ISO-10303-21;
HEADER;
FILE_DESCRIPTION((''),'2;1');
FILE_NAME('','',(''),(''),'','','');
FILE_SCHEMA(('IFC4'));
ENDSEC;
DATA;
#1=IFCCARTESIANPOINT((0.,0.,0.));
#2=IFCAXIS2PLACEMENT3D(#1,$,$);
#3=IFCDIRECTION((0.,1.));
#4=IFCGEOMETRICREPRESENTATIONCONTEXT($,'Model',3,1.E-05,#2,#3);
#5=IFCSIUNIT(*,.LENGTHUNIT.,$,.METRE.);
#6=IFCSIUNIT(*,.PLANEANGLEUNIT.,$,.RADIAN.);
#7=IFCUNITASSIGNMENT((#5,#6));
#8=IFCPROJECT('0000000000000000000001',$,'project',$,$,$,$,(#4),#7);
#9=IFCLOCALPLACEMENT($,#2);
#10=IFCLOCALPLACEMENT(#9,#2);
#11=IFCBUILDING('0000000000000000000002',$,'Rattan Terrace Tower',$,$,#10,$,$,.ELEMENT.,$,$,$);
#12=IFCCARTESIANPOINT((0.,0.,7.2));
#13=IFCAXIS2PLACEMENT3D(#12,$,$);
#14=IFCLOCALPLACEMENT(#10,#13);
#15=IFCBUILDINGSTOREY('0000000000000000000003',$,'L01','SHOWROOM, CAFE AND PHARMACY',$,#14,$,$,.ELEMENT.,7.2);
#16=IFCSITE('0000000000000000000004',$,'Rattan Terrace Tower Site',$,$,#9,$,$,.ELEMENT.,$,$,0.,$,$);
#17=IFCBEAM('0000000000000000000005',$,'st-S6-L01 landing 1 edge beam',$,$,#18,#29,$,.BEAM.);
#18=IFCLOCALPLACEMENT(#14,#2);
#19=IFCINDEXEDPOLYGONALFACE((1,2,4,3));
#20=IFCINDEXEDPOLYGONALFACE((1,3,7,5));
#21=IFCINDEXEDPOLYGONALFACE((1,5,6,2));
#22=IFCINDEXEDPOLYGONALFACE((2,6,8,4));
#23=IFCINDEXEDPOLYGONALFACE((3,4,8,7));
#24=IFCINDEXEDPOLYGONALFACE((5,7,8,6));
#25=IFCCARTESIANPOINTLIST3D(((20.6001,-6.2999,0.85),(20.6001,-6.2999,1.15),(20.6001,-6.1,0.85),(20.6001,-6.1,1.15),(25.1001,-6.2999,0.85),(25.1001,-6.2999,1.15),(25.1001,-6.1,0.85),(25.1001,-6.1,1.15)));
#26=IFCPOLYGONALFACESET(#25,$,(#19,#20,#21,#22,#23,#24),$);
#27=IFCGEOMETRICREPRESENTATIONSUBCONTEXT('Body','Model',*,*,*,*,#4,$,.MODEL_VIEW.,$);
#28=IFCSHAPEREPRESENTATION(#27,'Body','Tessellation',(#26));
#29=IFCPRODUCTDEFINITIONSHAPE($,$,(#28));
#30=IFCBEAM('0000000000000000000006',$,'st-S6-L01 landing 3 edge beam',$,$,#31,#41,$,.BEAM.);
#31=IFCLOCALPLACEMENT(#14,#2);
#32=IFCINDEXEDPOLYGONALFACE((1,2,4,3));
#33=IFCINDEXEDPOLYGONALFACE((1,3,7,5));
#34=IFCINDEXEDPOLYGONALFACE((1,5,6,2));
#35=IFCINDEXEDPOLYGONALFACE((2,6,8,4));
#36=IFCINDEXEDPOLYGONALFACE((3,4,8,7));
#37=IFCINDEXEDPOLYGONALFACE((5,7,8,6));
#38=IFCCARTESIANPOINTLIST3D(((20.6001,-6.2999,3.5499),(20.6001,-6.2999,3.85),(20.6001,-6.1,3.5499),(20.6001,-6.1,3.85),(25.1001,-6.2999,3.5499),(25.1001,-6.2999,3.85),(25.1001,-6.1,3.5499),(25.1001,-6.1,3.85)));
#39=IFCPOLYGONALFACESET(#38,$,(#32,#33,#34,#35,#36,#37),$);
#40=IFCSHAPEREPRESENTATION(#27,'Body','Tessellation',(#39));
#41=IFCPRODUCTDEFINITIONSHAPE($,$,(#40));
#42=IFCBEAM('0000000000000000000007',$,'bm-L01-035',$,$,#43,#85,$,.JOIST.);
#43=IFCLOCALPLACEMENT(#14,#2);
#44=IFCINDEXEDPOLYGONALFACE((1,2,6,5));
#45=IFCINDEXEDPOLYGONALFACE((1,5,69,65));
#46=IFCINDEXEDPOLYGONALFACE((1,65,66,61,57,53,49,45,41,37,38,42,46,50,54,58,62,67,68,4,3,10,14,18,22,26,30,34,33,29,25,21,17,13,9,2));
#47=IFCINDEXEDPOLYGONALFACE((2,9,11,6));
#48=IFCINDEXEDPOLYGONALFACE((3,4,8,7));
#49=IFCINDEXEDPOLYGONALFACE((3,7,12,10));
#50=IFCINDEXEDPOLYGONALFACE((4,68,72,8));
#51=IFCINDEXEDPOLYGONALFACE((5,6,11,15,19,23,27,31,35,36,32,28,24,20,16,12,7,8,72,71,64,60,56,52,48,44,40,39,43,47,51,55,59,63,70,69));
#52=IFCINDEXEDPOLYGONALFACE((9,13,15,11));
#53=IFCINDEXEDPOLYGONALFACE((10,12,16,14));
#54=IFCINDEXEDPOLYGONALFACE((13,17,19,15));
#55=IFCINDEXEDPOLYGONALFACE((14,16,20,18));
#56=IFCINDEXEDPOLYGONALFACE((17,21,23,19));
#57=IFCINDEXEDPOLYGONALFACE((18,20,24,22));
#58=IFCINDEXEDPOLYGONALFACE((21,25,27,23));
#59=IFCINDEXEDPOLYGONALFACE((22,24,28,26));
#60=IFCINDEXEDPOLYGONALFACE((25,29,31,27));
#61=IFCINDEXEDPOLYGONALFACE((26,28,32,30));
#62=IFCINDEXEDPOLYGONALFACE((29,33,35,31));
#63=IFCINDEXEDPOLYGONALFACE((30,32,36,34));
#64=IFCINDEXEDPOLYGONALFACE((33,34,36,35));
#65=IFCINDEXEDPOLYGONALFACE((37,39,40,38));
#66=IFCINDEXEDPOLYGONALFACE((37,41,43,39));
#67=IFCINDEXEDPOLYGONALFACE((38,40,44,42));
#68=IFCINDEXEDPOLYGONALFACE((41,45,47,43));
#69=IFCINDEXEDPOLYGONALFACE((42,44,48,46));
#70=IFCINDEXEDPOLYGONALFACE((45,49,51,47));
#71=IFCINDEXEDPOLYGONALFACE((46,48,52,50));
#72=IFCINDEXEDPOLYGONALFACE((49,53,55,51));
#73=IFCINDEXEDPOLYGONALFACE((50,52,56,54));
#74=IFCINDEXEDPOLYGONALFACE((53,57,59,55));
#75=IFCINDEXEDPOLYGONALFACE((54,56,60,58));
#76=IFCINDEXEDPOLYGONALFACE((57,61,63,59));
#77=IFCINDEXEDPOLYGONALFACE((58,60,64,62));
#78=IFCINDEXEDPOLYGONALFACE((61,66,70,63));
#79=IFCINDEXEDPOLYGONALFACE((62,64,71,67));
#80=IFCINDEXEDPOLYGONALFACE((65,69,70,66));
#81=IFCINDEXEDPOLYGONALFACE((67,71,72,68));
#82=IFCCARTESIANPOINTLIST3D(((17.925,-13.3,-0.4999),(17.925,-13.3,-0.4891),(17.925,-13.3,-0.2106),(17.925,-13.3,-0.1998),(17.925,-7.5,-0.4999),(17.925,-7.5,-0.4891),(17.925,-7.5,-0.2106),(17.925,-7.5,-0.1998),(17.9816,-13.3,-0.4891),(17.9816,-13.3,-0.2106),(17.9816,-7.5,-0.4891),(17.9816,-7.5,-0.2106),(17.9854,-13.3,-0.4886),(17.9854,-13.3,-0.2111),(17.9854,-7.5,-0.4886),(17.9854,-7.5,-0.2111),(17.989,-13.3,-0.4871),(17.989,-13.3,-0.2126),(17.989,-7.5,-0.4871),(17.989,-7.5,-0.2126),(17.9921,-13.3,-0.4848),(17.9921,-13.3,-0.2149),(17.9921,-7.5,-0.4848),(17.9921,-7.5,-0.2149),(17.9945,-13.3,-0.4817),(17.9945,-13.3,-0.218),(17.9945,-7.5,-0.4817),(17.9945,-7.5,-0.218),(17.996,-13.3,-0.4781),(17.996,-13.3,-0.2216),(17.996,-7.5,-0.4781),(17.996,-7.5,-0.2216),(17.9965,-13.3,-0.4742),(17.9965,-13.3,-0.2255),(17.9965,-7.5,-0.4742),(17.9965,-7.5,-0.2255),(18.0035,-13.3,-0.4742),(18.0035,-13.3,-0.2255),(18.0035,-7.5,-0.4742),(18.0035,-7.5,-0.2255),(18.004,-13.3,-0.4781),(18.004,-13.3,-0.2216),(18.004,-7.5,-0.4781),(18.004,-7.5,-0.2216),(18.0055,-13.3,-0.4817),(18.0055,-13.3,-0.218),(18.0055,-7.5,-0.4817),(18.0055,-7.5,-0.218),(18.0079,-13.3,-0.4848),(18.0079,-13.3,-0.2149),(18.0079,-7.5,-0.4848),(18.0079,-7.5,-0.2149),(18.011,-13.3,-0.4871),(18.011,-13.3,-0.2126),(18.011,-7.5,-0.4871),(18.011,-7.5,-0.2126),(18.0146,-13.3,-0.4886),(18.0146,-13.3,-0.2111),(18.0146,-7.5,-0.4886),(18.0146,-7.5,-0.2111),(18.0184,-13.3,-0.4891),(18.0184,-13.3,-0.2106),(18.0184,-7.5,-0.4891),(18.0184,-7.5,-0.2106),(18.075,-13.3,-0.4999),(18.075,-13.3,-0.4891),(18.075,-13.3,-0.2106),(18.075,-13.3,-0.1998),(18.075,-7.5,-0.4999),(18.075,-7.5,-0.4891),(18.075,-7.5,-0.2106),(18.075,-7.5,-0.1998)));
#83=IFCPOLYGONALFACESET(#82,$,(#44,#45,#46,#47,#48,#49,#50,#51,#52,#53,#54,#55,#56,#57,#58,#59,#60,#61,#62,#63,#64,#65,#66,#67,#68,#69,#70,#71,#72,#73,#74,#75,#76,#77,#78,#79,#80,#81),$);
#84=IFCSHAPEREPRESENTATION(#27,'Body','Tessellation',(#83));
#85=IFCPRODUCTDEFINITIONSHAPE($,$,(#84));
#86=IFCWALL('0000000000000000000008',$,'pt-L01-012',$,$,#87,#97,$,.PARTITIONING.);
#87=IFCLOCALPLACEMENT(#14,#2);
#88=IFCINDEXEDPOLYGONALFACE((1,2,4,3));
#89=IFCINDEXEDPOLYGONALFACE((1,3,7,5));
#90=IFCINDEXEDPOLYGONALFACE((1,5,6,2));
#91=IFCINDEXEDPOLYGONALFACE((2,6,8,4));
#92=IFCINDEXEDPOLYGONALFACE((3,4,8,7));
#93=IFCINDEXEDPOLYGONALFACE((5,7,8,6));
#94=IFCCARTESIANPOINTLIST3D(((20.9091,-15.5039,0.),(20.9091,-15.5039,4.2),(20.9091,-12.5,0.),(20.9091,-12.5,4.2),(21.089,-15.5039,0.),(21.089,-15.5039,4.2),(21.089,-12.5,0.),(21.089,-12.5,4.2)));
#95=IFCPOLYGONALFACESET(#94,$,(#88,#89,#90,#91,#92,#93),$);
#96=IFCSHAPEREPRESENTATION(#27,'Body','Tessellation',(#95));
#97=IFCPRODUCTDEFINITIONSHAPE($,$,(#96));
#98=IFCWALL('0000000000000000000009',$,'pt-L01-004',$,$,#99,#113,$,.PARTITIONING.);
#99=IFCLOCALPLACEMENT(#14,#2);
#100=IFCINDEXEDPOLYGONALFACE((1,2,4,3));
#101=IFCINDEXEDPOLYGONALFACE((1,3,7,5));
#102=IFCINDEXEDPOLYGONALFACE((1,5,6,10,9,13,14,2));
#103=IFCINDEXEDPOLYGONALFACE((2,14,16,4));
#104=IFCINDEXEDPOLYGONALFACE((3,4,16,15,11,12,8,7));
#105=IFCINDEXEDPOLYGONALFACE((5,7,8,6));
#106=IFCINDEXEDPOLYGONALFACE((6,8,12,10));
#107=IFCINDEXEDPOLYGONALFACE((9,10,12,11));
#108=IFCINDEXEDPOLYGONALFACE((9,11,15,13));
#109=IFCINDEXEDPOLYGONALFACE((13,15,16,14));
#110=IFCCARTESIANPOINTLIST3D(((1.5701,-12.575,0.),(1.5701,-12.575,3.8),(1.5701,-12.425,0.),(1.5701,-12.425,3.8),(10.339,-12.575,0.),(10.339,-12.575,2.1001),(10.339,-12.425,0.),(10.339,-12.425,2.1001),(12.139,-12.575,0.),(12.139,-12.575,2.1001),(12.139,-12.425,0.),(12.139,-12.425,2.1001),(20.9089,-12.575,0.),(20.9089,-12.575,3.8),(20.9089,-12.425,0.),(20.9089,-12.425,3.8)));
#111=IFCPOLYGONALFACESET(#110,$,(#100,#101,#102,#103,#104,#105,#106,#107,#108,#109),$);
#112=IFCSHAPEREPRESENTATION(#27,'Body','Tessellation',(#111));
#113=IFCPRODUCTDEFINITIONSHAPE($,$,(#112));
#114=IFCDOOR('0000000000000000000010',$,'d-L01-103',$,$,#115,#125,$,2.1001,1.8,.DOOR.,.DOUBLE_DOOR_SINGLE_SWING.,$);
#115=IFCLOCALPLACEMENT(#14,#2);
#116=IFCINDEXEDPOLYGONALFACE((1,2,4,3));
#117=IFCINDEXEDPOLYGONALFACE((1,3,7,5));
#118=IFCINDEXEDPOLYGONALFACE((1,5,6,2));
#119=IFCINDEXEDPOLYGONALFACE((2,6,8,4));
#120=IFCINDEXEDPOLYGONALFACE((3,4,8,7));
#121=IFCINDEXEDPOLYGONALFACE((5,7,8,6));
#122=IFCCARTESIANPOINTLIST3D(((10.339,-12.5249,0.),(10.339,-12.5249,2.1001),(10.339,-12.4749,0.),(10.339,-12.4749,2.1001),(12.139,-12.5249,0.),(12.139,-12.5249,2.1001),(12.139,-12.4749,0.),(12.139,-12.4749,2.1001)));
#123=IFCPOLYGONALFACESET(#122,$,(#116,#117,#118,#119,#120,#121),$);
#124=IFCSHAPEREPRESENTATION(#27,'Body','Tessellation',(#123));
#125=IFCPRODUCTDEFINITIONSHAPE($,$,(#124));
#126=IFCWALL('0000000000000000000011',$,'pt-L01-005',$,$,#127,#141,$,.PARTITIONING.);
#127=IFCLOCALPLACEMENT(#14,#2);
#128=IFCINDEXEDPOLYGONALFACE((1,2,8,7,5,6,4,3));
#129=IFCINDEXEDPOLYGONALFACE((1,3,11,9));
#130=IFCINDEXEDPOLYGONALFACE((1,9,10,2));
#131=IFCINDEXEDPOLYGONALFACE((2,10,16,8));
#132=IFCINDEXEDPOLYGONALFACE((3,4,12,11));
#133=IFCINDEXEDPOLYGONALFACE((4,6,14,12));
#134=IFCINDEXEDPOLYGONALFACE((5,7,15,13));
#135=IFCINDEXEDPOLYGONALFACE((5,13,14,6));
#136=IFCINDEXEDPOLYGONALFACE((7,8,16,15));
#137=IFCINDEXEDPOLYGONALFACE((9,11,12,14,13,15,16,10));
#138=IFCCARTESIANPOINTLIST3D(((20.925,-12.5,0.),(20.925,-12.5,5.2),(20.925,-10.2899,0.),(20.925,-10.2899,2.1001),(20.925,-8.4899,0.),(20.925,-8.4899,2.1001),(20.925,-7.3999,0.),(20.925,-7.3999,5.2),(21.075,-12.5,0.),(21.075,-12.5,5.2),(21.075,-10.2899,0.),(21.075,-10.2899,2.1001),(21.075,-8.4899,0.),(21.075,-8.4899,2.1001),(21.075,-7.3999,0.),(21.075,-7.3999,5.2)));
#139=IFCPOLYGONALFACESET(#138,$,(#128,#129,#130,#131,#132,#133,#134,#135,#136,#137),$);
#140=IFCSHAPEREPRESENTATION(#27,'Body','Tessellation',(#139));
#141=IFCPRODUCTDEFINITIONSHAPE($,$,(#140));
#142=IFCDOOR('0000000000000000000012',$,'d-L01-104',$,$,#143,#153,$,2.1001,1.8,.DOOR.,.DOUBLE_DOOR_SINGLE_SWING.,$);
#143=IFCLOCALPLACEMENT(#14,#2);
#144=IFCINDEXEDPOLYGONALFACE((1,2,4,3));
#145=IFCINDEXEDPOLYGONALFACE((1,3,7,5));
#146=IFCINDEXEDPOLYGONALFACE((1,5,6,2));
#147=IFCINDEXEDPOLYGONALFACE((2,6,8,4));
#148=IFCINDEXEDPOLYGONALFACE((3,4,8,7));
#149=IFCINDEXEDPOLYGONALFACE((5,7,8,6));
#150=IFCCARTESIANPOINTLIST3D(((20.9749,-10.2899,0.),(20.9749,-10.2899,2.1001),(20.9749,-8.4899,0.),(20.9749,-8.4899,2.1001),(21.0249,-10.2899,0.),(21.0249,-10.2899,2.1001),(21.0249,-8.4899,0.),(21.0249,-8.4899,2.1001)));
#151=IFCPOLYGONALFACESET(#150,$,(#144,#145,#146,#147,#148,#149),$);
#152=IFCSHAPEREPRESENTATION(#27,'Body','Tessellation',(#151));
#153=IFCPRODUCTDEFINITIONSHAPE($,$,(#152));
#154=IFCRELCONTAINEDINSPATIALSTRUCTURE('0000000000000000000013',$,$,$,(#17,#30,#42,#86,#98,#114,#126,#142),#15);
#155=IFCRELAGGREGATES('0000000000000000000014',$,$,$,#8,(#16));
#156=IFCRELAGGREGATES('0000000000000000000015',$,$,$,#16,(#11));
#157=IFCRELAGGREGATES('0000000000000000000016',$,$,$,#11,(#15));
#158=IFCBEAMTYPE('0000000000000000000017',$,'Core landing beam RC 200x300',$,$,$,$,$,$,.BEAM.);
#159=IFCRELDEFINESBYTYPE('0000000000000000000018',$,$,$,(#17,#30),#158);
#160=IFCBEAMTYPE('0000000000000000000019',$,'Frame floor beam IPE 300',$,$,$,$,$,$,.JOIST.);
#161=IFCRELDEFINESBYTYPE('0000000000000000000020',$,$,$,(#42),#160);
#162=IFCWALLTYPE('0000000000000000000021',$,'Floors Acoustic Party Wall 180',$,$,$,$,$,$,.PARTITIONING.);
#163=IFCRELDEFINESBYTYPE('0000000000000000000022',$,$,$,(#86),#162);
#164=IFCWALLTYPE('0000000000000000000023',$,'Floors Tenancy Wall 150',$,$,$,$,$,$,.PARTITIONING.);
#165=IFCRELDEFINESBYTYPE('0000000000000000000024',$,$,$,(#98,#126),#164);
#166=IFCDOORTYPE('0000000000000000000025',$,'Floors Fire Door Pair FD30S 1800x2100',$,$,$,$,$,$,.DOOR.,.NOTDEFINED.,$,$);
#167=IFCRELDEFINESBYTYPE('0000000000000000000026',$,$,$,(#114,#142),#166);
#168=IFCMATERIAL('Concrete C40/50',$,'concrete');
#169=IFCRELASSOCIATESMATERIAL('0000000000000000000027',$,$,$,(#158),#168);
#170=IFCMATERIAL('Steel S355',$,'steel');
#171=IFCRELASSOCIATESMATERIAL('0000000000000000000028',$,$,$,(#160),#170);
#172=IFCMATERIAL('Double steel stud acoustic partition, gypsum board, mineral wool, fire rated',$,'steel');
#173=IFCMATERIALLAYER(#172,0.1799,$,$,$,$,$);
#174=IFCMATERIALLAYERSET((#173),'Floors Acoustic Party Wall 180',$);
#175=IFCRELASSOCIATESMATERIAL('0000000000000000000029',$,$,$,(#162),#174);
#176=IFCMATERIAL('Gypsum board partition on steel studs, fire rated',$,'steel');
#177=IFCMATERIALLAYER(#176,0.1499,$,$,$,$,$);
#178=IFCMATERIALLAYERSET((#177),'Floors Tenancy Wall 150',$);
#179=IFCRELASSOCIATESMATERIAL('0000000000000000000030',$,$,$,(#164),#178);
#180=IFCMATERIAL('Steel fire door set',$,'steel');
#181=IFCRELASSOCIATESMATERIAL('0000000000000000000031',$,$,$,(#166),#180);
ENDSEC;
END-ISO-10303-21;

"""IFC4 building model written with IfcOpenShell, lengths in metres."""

from ifc_helpers import new_model, si_unit, direction, frame, frame_2d, origin, origin_2d, place, context, subcontext, project, spatial, rectangle, i_section, extrude, material, layer, layer_set, material_profile, profile_set, type_object, element, fill, save


model = new_model("IFC4")

# Units and contexts
model_context = context("Model", 3, precision=1e-05, world=origin(), true_north=direction((0.0, 1.0)))
body_context = subcontext(model_context, "Body", "Model", "MODEL_VIEW")
ifc_project = project(units=[si_unit("LENGTHUNIT", "METRE"), si_unit("PLANEANGLEUNIT", "RADIAN")], contexts=[model_context])

# Site, building, storey
site_placement = place(None, origin())
site = spatial("IfcSite", under=ifc_project, at=site_placement, Name="Rattan Terrace Tower Site", CompositionType="ELEMENT", RefElevation=0.0)
building_placement = place(site_placement, origin())
building = spatial("IfcBuilding", under=site, at=building_placement, Name="Rattan Terrace Tower", CompositionType="ELEMENT")
storey_placement = place(building_placement, frame((0.0, 0.0, 7.2)))
storey = spatial("IfcBuildingStorey", under=building, at=storey_placement, Name="L01", Description="SHOWROOM, CAFE AND PHARMACY", CompositionType="ELEMENT", Elevation=7.2)

# Beams
ifc_material_1 = material(Name="Concrete C40/50", Category="concrete")
ifc_material_profile_1 = material_profile(ifc_material_1, rectangle(XDim=0.2, YDim=0.3, at=origin_2d()), Name="RC 200x300")
ifc_profile_set_1 = profile_set([ifc_material_profile_1], Name="Concrete C40/50")
beam_type_1 = type_object("IfcBeamType", Name="Core landing beam RC 200x300", PredefinedType="BEAM", material=ifc_profile_set_1)
for number, where, z_axis, x_axis, name in (
    (1, (20.6001, -6.2, 1.0), (1.0, 0.0, 0.0), (0.0, 1.0, 0.0), "st-S6-L01 landing 1 edge beam"),
    (2, (20.6001, -6.2, 3.7), (1.0, 0.0, 0.0), (0.0, 1.0, 0.0), "st-S6-L01 landing 3 edge beam"),
):
    element("IfcBeam", number, at=place(storey_placement, frame(where, z_axis=z_axis, x_axis=x_axis)), inside=storey, type_object=beam_type_1, Name=name, PredefinedType="BEAM", context=body_context, shape_type="SweptSolid", body=[
        extrude(rectangle(XDim=0.2, YDim=0.3, at=origin_2d()), origin(), (0.0, 0.0, 1.0), 4.5),
    ])
ifc_material_2 = material(Name="Steel S355", Category="steel")
ifc_material_profile_2 = material_profile(ifc_material_2, i_section(OverallWidth=0.1499, OverallDepth=0.3, WebThickness=0.0071, FlangeThickness=0.0107, FilletRadius=0.0149, at=origin_2d()), Name="IPE 300")
ifc_profile_set_2 = profile_set([ifc_material_profile_2], Name="Steel S355")
beam_type_2 = type_object("IfcBeamType", Name="Frame floor beam IPE 300", PredefinedType="JOIST", material=ifc_profile_set_2)
beam_placement = place(storey_placement, frame((18.0, -13.3, -0.3499), z_axis=(0.0, 1.0, 0.0), x_axis=(-1.0, 0.0, 0.0)))
element("IfcBeam", 3, at=beam_placement, inside=storey, type_object=beam_type_2, Name="bm-L01-035", PredefinedType="JOIST", context=body_context, shape_type="SweptSolid", body=[
    extrude(i_section(OverallWidth=0.1499, OverallDepth=0.3, WebThickness=0.0071, FlangeThickness=0.0107, FilletRadius=0.0149, at=origin_2d()), origin(), (0.0, 0.0, 1.0), 5.8),
])

# Wall
ifc_material_3 = material(Name="Double steel stud acoustic partition, gypsum board, mineral wool, fire rated", Category="steel")
ifc_layer_1 = layer(ifc_material_3, 0.1799)
ifc_layer_set_1 = layer_set([ifc_layer_1], Name="Floors Acoustic Party Wall 180")
wall_type_1 = type_object("IfcWallType", Name="Floors Acoustic Party Wall 180", PredefinedType="PARTITIONING", material=ifc_layer_set_1)
wall_1_placement = place(storey_placement, frame((20.999, -12.5, 0.0), z_axis=(0.0, 0.0, 1.0), x_axis=(0.0, -1.0, 0.0)))
element("IfcWall", 4, at=wall_1_placement, inside=storey, type_object=wall_type_1, Name="pt-L01-012", PredefinedType="PARTITIONING", context=body_context, shape_type="SweptSolid", body=[
    extrude(rectangle(XDim=3.0039, YDim=0.1799, at=frame_2d((1.502, 0.0))), origin(), (0.0, 0.0, 1.0), 4.2),
])

# Walls, openings, doors
ifc_material_4 = material(Name="Gypsum board partition on steel studs, fire rated", Category="steel")
ifc_layer_2 = layer(ifc_material_4, 0.1499)
ifc_layer_set_2 = layer_set([ifc_layer_2], Name="Floors Tenancy Wall 150")
wall_type_2 = type_object("IfcWallType", Name="Floors Tenancy Wall 150", PredefinedType="PARTITIONING", material=ifc_layer_set_2)
wall_2_placement = place(storey_placement, frame((20.9089, -12.5, 0.0), z_axis=(0.0, 0.0, 1.0), x_axis=(-1.0, 0.0, 0.0)))
wall_2 = element("IfcWall", 5, at=wall_2_placement, inside=storey, type_object=wall_type_2, Name="pt-L01-004", PredefinedType="PARTITIONING", context=body_context, shape_type="SweptSolid", body=[
    extrude(rectangle(XDim=19.3389, YDim=0.1499, at=frame_2d((9.6694, 0.0))), origin(), (0.0, 0.0, 1.0), 3.8),
])
opening_1_placement = place(wall_2_placement, frame((8.77, 0.0, 0.0)))
opening_1 = element("IfcOpeningElement", 6, at=opening_1_placement, cuts=wall_2, PredefinedType="OPENING", context=body_context, shape_type="SweptSolid", body=[
    extrude(rectangle(XDim=1.8, YDim=2.1001, at=frame_2d((0.8999, 1.05))), frame((0.0, 0.0854, 0.0), z_axis=(0.0, -1.0, 0.0), x_axis=(1.0, 0.0, 0.0)), (0.0, 0.0, 1.0), 0.1709),
])
ifc_material_5 = material(Name="Steel fire door set", Category="steel")
door_type_1 = type_object("IfcDoorType", Name="Floors Fire Door Pair FD30S 1800x2100", OperationType="NOTDEFINED", PredefinedType="DOOR", material=ifc_material_5)
door_1_placement = place(opening_1_placement, origin())
door_1 = element("IfcDoor", 7, at=door_1_placement, inside=storey, type_object=door_type_1, Name="d-L01-103", OperationType="DOUBLE_DOOR_SINGLE_SWING", OverallHeight=2.1001, OverallWidth=1.8, PredefinedType="DOOR", context=body_context, shape_type="SweptSolid", body=[
    extrude(rectangle(XDim=1.8, YDim=2.1001, at=frame_2d((0.8999, 1.05))), frame((0.0, 0.0249, 0.0), z_axis=(0.0, -1.0, 0.0), x_axis=(1.0, 0.0, 0.0)), (0.0, 0.0, 1.0), 0.05),
])
fill(opening_1, door_1)
wall_3_placement = place(storey_placement, frame((21.0, -7.3999, 0.0), z_axis=(0.0, 0.0, 1.0), x_axis=(0.0, -1.0, 0.0)))
wall_3 = element("IfcWall", 8, at=wall_3_placement, inside=storey, type_object=wall_type_2, Name="pt-L01-005", PredefinedType="PARTITIONING", context=body_context, shape_type="SweptSolid", body=[
    extrude(rectangle(XDim=5.1001, YDim=0.1499, at=frame_2d((2.55, 0.0))), origin(), (0.0, 0.0, 1.0), 5.2),
])
opening_2_placement = place(wall_3_placement, frame((1.0901, 0.0, 0.0)))
opening_2 = element("IfcOpeningElement", 9, at=opening_2_placement, cuts=wall_3, PredefinedType="OPENING", context=body_context, shape_type="SweptSolid", body=[
    extrude(rectangle(XDim=1.8, YDim=2.1001, at=frame_2d((0.8999, 1.05))), frame((0.0, 0.0854, 0.0), z_axis=(0.0, -1.0, 0.0), x_axis=(1.0, 0.0, 0.0)), (0.0, 0.0, 1.0), 0.1709),
])
door_2_placement = place(opening_2_placement, origin())
door_2 = element("IfcDoor", 10, at=door_2_placement, inside=storey, type_object=door_type_1, Name="d-L01-104", OperationType="DOUBLE_DOOR_SINGLE_SWING", OverallHeight=2.1001, OverallWidth=1.8, PredefinedType="DOOR", context=body_context, shape_type="SweptSolid", body=[
    extrude(rectangle(XDim=1.8, YDim=2.1001, at=frame_2d((0.8999, 1.05))), frame((0.0, 0.0249, 0.0), z_axis=(0.0, -1.0, 0.0), x_axis=(1.0, 0.0, 0.0)), (0.0, 0.0, 1.0), 0.05),
])
fill(opening_2, door_2)

save(model, "model.ifc")
